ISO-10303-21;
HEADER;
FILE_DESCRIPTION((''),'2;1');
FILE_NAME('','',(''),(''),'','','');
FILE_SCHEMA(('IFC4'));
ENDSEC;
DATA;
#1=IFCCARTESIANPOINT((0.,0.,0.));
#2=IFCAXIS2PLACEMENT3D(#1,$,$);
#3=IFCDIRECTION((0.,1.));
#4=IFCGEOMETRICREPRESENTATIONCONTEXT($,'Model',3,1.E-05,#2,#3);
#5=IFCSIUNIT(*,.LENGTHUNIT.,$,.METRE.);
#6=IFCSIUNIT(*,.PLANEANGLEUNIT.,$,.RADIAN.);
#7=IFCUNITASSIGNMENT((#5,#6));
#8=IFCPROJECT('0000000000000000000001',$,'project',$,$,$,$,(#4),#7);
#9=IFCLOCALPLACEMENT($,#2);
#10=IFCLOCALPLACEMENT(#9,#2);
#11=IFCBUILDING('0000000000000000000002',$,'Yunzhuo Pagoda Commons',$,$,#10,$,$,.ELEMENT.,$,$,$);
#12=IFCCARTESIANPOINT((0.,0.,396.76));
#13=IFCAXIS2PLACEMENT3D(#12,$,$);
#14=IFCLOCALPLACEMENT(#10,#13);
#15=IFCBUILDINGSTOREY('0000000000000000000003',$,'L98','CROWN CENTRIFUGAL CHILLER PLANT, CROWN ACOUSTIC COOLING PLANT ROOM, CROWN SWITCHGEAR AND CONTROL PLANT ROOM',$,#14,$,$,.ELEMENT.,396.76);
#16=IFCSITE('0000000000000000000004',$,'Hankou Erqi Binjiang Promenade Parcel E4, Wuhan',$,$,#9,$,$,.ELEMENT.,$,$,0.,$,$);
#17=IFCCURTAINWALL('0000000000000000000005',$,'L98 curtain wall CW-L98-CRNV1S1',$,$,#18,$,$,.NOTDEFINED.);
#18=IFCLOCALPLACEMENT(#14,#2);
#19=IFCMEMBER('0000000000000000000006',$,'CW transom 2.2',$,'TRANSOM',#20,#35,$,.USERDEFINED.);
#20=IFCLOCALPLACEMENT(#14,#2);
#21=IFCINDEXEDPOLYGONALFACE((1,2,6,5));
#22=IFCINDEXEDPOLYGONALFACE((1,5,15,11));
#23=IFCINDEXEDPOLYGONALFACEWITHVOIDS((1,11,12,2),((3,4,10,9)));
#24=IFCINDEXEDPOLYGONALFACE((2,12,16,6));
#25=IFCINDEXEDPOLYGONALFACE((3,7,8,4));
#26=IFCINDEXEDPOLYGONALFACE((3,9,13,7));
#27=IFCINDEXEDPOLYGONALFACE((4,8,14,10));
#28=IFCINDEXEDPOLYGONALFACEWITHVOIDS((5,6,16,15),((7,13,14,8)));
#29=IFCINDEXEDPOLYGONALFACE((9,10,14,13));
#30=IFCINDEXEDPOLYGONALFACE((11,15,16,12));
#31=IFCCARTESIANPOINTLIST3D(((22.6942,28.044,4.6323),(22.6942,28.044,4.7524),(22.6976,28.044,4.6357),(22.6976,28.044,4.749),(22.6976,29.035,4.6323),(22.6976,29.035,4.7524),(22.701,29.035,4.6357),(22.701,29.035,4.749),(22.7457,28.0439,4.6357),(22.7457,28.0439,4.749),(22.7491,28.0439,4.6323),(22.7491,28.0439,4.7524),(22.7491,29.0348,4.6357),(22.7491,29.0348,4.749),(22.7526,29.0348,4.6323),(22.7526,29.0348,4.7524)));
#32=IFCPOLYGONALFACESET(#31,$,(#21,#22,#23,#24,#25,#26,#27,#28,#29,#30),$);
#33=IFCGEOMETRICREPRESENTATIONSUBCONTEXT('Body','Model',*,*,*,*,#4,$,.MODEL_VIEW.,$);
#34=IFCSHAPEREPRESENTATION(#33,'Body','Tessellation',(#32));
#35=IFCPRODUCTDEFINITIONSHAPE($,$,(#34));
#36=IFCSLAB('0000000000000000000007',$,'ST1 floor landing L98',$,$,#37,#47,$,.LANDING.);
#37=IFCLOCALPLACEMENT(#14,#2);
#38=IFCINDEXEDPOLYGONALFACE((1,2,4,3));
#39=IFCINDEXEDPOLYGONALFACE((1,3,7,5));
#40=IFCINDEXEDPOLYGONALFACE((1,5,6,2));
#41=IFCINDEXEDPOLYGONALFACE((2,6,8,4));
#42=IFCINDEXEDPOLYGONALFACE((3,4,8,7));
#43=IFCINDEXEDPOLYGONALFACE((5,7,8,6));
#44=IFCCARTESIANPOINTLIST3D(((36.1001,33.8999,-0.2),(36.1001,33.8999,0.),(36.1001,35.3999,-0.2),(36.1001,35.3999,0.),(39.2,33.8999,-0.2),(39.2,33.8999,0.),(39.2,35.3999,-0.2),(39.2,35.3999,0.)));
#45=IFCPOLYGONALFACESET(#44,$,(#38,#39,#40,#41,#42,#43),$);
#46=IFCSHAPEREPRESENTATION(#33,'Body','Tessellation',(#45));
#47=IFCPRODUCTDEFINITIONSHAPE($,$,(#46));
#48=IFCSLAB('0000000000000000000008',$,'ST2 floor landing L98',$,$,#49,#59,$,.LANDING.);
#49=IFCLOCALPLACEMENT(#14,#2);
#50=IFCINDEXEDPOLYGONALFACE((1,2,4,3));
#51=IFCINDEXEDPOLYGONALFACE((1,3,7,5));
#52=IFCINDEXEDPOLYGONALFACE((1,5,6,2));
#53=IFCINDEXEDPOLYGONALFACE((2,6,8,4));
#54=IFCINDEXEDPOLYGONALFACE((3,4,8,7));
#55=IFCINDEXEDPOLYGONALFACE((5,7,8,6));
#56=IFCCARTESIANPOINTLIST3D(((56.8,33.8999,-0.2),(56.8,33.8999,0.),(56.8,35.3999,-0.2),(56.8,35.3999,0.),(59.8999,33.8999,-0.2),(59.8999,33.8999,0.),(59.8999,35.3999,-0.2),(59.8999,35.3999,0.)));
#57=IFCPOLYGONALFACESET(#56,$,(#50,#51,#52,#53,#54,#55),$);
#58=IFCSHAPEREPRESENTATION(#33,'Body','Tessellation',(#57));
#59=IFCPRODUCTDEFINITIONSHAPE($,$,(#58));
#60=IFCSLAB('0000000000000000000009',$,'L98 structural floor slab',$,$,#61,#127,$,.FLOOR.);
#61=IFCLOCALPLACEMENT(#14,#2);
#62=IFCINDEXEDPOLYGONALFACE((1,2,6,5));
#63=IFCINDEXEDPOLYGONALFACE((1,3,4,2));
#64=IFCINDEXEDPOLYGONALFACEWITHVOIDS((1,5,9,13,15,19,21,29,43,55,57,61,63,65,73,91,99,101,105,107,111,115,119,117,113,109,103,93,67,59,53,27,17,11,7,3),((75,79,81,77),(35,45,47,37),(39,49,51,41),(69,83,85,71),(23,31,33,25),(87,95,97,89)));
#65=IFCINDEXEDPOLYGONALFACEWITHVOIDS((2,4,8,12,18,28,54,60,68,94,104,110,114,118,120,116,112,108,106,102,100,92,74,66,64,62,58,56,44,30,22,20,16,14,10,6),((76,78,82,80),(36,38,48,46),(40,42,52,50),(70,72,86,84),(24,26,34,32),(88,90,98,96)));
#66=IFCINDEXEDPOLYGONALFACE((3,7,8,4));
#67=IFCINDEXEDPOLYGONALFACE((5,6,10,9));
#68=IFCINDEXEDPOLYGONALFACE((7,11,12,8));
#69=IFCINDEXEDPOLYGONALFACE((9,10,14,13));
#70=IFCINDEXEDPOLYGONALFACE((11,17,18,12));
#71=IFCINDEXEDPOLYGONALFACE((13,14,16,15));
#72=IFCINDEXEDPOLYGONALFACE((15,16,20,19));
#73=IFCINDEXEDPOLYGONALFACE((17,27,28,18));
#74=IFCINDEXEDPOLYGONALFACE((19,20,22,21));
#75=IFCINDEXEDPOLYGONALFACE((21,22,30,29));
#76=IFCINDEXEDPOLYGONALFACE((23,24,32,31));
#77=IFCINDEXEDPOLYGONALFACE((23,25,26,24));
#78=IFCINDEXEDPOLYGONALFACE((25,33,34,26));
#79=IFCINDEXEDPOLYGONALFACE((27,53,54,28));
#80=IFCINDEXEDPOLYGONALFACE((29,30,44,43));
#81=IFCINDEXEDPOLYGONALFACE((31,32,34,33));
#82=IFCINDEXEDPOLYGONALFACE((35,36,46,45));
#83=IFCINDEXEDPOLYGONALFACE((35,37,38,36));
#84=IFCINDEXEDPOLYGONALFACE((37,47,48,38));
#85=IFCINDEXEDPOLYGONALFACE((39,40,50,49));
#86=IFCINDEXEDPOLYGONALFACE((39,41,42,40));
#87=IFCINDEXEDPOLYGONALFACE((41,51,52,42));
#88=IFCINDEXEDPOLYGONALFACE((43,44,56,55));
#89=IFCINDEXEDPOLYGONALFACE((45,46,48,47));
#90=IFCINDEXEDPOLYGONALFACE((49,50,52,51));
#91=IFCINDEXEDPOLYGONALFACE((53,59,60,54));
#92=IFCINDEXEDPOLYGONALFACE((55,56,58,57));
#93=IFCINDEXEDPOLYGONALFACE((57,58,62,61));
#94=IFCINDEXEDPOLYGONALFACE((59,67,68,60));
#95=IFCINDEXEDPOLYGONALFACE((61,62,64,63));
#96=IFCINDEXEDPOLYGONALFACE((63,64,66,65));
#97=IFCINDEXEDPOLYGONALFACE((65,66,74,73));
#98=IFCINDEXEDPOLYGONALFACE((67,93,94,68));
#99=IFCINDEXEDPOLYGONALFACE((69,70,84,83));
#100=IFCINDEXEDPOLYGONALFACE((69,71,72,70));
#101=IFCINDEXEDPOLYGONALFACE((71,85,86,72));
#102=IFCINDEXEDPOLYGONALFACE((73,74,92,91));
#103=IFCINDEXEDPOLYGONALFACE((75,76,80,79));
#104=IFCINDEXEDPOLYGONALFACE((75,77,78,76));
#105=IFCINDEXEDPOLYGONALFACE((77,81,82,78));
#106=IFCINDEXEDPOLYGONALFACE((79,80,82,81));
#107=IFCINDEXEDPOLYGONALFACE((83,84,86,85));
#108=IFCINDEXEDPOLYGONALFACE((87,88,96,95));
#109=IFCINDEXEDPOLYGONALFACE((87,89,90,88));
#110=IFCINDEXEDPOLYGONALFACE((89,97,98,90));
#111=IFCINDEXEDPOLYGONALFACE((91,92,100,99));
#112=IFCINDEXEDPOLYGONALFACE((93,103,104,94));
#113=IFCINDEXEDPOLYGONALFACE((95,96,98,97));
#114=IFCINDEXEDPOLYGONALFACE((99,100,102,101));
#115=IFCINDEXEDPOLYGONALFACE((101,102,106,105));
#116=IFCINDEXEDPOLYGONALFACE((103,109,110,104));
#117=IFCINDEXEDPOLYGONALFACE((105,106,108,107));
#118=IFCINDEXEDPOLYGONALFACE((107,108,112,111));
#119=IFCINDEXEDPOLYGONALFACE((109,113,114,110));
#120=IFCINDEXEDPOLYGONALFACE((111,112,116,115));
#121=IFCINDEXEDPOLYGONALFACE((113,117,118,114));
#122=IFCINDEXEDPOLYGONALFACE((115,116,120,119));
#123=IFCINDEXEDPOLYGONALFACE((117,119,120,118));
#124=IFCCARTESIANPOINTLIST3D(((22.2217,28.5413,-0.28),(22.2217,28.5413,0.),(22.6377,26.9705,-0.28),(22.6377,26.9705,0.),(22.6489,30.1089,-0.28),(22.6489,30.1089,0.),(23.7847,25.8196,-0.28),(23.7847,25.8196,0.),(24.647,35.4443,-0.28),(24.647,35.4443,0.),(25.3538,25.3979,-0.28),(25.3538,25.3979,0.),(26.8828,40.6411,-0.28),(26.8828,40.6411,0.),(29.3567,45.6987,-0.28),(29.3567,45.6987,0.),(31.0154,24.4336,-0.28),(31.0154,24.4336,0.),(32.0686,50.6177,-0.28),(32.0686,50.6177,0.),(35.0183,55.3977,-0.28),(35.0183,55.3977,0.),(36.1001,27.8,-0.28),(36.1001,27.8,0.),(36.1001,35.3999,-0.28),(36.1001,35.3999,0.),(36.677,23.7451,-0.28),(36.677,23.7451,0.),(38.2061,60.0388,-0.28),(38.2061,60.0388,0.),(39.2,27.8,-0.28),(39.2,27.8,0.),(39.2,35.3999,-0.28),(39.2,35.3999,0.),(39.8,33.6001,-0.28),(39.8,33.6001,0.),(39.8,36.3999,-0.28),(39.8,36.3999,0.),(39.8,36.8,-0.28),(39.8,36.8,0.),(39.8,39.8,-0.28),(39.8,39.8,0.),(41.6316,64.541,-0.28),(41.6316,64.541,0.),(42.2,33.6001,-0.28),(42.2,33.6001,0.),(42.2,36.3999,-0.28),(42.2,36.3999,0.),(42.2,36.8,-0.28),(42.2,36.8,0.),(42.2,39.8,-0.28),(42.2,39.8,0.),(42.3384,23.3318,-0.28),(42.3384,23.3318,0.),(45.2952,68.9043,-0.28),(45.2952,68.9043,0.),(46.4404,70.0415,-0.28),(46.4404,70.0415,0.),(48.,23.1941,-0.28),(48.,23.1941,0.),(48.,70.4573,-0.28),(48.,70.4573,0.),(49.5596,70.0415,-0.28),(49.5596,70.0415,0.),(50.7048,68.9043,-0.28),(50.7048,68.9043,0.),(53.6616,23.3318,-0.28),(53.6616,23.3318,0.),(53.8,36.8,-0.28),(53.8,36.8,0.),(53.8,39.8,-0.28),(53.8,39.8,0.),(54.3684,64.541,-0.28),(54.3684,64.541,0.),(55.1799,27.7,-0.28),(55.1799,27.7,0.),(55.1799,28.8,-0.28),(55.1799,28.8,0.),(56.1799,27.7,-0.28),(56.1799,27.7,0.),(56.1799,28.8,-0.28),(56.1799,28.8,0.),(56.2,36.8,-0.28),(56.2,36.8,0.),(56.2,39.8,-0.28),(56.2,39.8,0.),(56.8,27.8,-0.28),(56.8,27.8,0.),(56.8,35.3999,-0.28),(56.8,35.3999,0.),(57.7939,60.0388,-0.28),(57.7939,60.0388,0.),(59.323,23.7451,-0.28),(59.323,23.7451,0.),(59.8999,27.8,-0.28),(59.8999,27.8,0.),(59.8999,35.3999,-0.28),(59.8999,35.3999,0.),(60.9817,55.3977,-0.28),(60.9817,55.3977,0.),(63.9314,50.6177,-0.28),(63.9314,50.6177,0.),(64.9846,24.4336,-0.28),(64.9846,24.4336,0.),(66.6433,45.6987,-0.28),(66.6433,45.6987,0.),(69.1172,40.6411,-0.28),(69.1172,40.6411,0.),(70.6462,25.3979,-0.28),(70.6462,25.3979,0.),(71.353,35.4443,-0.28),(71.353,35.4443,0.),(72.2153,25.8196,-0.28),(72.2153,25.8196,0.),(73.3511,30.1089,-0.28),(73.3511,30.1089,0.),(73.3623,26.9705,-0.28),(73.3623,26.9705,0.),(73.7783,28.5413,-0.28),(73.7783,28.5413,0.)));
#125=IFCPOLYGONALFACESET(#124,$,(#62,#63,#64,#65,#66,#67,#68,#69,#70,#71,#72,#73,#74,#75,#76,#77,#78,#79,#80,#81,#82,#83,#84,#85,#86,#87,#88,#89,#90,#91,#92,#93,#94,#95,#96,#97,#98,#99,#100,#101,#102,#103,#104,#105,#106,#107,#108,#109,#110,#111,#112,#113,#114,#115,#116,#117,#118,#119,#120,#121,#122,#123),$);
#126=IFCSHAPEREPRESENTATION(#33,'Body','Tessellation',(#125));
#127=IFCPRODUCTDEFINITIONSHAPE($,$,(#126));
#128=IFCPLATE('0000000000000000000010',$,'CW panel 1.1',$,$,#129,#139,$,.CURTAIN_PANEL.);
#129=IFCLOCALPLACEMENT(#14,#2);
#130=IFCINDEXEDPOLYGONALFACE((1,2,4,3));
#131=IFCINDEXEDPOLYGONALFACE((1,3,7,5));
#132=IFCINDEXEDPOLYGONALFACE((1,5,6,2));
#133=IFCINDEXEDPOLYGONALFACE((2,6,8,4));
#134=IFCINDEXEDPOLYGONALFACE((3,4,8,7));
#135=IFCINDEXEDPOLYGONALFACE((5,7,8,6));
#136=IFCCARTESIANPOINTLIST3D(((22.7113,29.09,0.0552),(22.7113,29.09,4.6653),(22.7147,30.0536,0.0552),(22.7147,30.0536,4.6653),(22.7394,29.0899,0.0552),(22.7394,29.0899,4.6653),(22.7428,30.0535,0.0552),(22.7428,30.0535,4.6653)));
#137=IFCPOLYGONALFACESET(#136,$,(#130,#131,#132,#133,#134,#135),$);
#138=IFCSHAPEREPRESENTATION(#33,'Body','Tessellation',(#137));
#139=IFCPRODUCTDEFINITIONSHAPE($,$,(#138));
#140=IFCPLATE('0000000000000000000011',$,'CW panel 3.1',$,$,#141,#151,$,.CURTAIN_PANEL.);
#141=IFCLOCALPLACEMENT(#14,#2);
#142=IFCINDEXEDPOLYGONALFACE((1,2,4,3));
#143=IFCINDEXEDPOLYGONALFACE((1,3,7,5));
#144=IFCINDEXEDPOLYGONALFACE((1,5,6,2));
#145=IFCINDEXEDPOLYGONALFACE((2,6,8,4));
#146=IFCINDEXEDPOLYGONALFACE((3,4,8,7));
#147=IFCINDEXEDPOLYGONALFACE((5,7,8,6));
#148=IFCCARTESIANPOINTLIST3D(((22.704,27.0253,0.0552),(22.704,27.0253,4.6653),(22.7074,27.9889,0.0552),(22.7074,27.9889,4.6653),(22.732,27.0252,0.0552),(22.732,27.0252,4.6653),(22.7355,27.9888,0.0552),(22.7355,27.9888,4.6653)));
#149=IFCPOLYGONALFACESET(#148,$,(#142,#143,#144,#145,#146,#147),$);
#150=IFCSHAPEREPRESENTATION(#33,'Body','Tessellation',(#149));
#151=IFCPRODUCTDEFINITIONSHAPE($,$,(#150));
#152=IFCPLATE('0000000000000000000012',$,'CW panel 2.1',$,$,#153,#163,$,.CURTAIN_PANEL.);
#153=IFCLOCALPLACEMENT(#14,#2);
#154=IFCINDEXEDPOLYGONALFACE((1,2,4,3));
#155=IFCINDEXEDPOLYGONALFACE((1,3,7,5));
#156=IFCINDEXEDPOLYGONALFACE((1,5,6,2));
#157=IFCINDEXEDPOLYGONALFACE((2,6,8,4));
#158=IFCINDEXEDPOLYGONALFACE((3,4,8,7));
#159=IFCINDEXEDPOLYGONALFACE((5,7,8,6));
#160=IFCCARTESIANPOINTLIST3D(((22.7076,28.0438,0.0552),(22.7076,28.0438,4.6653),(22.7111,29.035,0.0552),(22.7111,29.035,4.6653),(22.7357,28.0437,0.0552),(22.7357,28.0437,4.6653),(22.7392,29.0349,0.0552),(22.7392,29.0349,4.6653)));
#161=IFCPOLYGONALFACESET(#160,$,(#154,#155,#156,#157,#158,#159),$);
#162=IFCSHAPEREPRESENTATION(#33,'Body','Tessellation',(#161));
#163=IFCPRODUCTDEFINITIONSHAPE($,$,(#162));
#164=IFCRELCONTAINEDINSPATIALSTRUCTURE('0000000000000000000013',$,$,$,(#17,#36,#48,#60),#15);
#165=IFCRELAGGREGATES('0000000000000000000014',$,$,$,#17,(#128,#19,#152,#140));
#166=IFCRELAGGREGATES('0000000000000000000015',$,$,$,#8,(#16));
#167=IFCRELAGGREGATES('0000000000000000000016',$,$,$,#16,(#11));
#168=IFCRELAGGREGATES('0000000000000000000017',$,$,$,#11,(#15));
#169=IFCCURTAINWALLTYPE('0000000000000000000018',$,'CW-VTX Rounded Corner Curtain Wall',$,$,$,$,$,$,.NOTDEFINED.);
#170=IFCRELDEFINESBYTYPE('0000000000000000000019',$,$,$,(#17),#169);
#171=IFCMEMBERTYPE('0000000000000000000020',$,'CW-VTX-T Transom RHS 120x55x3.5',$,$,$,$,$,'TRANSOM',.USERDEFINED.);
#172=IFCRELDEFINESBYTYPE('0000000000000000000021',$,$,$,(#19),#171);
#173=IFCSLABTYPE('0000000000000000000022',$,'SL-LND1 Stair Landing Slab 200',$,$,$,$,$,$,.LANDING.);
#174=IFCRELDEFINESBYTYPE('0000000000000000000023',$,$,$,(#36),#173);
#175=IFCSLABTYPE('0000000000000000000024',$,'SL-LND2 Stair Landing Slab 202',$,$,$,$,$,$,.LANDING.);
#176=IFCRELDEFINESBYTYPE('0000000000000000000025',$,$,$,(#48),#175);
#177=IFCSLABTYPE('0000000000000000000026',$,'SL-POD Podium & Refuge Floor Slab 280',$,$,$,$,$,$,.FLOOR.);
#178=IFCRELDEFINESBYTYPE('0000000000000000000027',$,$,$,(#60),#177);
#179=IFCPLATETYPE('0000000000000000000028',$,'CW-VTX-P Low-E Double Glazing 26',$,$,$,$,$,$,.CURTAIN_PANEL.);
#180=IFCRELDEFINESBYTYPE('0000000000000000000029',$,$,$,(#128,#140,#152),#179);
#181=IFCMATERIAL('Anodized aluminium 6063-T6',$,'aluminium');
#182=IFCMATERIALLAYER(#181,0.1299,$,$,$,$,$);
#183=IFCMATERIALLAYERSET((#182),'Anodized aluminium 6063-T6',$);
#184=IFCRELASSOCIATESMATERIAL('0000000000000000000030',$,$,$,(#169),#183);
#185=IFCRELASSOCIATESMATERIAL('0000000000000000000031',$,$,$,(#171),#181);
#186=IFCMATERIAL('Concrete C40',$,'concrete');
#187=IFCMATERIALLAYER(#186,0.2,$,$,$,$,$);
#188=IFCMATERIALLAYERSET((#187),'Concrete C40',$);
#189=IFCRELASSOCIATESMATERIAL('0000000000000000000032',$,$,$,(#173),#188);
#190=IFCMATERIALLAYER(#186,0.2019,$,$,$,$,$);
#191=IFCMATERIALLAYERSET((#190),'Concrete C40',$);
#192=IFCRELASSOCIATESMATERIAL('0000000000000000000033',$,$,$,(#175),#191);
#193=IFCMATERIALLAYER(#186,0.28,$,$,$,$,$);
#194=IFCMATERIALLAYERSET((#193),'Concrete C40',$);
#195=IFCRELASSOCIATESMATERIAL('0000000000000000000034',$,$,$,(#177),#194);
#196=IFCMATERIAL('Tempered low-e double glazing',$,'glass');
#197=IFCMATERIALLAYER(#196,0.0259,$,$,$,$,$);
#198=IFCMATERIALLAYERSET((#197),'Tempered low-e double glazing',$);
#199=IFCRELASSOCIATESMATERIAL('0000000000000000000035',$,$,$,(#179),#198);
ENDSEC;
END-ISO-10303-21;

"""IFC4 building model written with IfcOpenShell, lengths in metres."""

from ifc_helpers import new_model, si_unit, direction, frame, origin, origin_2d, place, context, subcontext, project, spatial, polyline, rectangle, hollow_rectangle, outline, extrude, source, transform, mapped, material, layer, layer_set, material_profile, profile_set, type_object, element, aggregate, save


model = new_model("IFC4")

# Units and contexts
model_context = context("Model", 3, precision=1e-05, world=origin(), true_north=direction((0.0, 1.0)))
body_context = subcontext(model_context, "Body", "Model", "MODEL_VIEW")
ifc_project = project(units=[si_unit("LENGTHUNIT", "METRE"), si_unit("PLANEANGLEUNIT", "RADIAN")], contexts=[model_context])

# Site, building, storey
site_placement = place(None, origin())
site = spatial("IfcSite", under=ifc_project, at=site_placement, Name="Hankou Erqi Binjiang Promenade Parcel E4, Wuhan", CompositionType="ELEMENT", RefElevation=0.0)
building_placement = place(site_placement, origin())
building = spatial("IfcBuilding", under=site, at=building_placement, Name="Yunzhuo Pagoda Commons", CompositionType="ELEMENT")
storey_placement = place(building_placement, frame((0.0, 0.0, 396.76)))
storey = spatial("IfcBuildingStorey", under=building, at=storey_placement, Name="L98", Description="CROWN CENTRIFUGAL CHILLER PLANT, CROWN ACOUSTIC COOLING PLANT ROOM, CROWN SWITCHGEAR AND CONTROL PLANT ROOM", CompositionType="ELEMENT", Elevation=396.76)

# Curtain wall
ifc_material_1 = material(Name="Anodized aluminium 6063-T6", Category="aluminium")
ifc_layer_1 = layer(ifc_material_1, 0.1299)
ifc_layer_set_1 = layer_set([ifc_layer_1], Name="Anodized aluminium 6063-T6")
curtain_wall_type = type_object("IfcCurtainWallType", Name="CW-VTX Rounded Corner Curtain Wall", PredefinedType="NOTDEFINED", material=ifc_layer_set_1)
curtain_wall_1_placement = place(storey_placement, origin())
curtain_wall_1 = element("IfcCurtainWall", 1, at=curtain_wall_1_placement, inside=storey, type_object=curtain_wall_type, Name="L98 curtain wall CW-L98-CRNV1S1", PredefinedType="NOTDEFINED")
ifc_material_profile_1 = material_profile(ifc_material_1, hollow_rectangle(XDim=0.0549, YDim=0.1201, WallThickness=0.0034, at=origin_2d()), Name="Anodized aluminium 6063-T6")
ifc_profile_set_1 = profile_set([ifc_material_profile_1], Name="Anodized aluminium 6063-T6")
member_type_1 = type_object("IfcMemberType", Name="CW-VTX-T Transom RHS 120x55x3.5", ElementType="TRANSOM", PredefinedType="USERDEFINED", material=ifc_profile_set_1)

# Member
shared_shape_1 = source(origin(), body_context, "Body", "SweptSolid", [
    extrude(hollow_rectangle(XDim=0.0549, YDim=0.1201, WallThickness=0.0034, at=origin_2d()), origin(), (0.0, 0.0, 1.0), 0.991),
])
member_1_placement = place(storey_placement, frame((22.7251, 29.0349, 4.6924), z_axis=(-0.003449, -0.999994, 0.0), x_axis=(0.999994, -0.003449, 0.0)))
member_1 = element("IfcMember", 2, at=member_1_placement, type_object=member_type_1, Name="CW transom 2.2", ObjectType="TRANSOM", PredefinedType="USERDEFINED", context=body_context, shape_type="MappedRepresentation", body=[
    mapped(shared_shape_1, transform((0.0, 0.0, 0.0), scale=1.0)),
])

# Slabs
ifc_material_2 = material(Name="Concrete C40", Category="concrete")
ifc_layer_2 = layer(ifc_material_2, 0.2)
ifc_layer_set_2 = layer_set([ifc_layer_2], Name="Concrete C40")
slab_type_1 = type_object("IfcSlabType", Name="SL-LND1 Stair Landing Slab 200", PredefinedType="LANDING", material=ifc_layer_set_2)
slab_1_placement = place(storey_placement, frame((0.0, 0.0, -0.2)))
element("IfcSlab", 3, at=slab_1_placement, inside=storey, type_object=slab_type_1, Name="ST1 floor landing L98", PredefinedType="LANDING", context=body_context, shape_type="SweptSolid", body=[
    extrude(outline(polyline([(36.1001, 35.3999), (36.1001, 33.8999), (39.2, 33.8999), (39.2, 35.3999), (36.1001, 35.3999)])), origin(), (0.0, 0.0, 1.0), 0.2),
])
ifc_layer_3 = layer(ifc_material_2, 0.2019)
ifc_layer_set_3 = layer_set([ifc_layer_3], Name="Concrete C40")
slab_type_2 = type_object("IfcSlabType", Name="SL-LND2 Stair Landing Slab 202", PredefinedType="LANDING", material=ifc_layer_set_3)
slab_2_placement = place(storey_placement, frame((0.0, 0.0, -0.2)))
element("IfcSlab", 4, at=slab_2_placement, inside=storey, type_object=slab_type_2, Name="ST2 floor landing L98", PredefinedType="LANDING", context=body_context, shape_type="SweptSolid", body=[
    extrude(outline(polyline([(56.8, 35.3999), (56.8, 33.8999), (59.8999, 33.8999), (59.8999, 35.3999), (56.8, 35.3999)])), origin(), (0.0, 0.0, 1.0), 0.2),
])
ifc_layer_4 = layer(ifc_material_2, 0.28)
ifc_layer_set_4 = layer_set([ifc_layer_4], Name="Concrete C40")
slab_type_3 = type_object("IfcSlabType", Name="SL-POD Podium & Refuge Floor Slab 280", PredefinedType="FLOOR", material=ifc_layer_set_4)
slab_3_placement = place(storey_placement, frame((0.0, 0.0, -0.28)))
element("IfcSlab", 5, at=slab_3_placement, inside=storey, type_object=slab_type_3, Name="L98 structural floor slab", PredefinedType="FLOOR", context=body_context, shape_type="SweptSolid", body=[
    extrude(outline(polyline([(24.647, 35.4443), (26.8828, 40.6411), (29.3567, 45.6987), (32.0686, 50.6177), (35.0183, 55.3977), (38.2061, 60.0388), (41.6316, 64.541), (45.2952, 68.9043), (46.4404, 70.0415), (48.0, 70.4573), (49.5596, 70.0415), (50.7048, 68.9043), (54.3684, 64.541), (57.7939, 60.0388), (60.9817, 55.3977), (63.9314, 50.6177), (66.6433, 45.6987), (69.1172, 40.6411), (71.353, 35.4443), (73.3511, 30.1089), (73.7783, 28.5413), (73.3623, 26.9705), (72.2153, 25.8196), (70.6462, 25.3979), (64.9846, 24.4336), (59.323, 23.7451), (53.6616, 23.3318), (48.0, 23.1941), (42.3384, 23.3318), (36.677, 23.7451), (31.0154, 24.4336), (25.3538, 25.3979), (23.7847, 25.8196), (22.6377, 26.9705), (22.2217, 28.5413), (22.6489, 30.1089), (24.647, 35.4443)]), holes=[polyline([(55.1799, 28.8), (55.1799, 27.7), (56.1799, 27.7), (56.1799, 28.8), (55.1799, 28.8)]), polyline([(39.2, 27.8), (39.2, 35.3999), (36.1001, 35.3999), (36.1001, 27.8), (39.2, 27.8)]), polyline([(59.8999, 27.8), (59.8999, 35.3999), (56.8, 35.3999), (56.8, 27.8), (59.8999, 27.8)]), polyline([(39.8, 36.3999), (39.8, 33.6001), (42.2, 33.6001), (42.2, 36.3999), (39.8, 36.3999)]), polyline([(42.2, 39.8), (39.8, 39.8), (39.8, 36.8), (42.2, 36.8), (42.2, 39.8)]), polyline([(56.2, 39.8), (53.8, 39.8), (53.8, 36.8), (56.2, 36.8), (56.2, 39.8)])]), origin(), (0.0, 0.0, 1.0), 0.28),
])

# Plates
ifc_material_3 = material(Name="Tempered low-e double glazing", Category="glass")
ifc_layer_5 = layer(ifc_material_3, 0.0259)
ifc_layer_set_5 = layer_set([ifc_layer_5], Name="Tempered low-e double glazing")
plate_type = type_object("IfcPlateType", Name="CW-VTX-P Low-E Double Glazing 26", PredefinedType="CURTAIN_PANEL", material=ifc_layer_set_5)
shared_shape_2 = source(origin(), body_context, "Body", "SweptSolid", [
    extrude(rectangle(XDim=0.9636, YDim=0.0281, at=origin_2d()), origin(), (0.0, 0.0, 1.0), 4.6101),
])
plate_1_placement = place(storey_placement, frame((22.7271, 29.5718, 0.0552), z_axis=(0.0, 0.0, 1.0), x_axis=(-0.003569, -0.999994, 0.0)))
plate_1 = element("IfcPlate", 6, at=plate_1_placement, type_object=plate_type, Name="CW panel 1.1", PredefinedType="CURTAIN_PANEL", context=body_context, shape_type="MappedRepresentation", body=[
    mapped(shared_shape_2, transform((0.0, 0.0, 0.0), scale=1.0)),
])
plate_2_placement = place(storey_placement, frame((22.7197, 27.5071, 0.0552), z_axis=(0.0, 0.0, 1.0), x_axis=(-0.003569, -0.999994, 0.0)))
plate_2 = element("IfcPlate", 7, at=plate_2_placement, type_object=plate_type, Name="CW panel 3.1", PredefinedType="CURTAIN_PANEL", context=body_context, shape_type="MappedRepresentation", body=[
    mapped(shared_shape_2, transform((0.0, 0.0, 0.0), scale=1.0)),
])
shared_shape_3 = source(origin(), body_context, "Body", "SweptSolid", [
    extrude(rectangle(XDim=0.9912, YDim=0.0281, at=origin_2d()), origin(), (0.0, 0.0, 1.0), 4.6101),
])
plate_3_placement = place(storey_placement, frame((22.7234, 28.5393, 0.0552), z_axis=(0.0, 0.0, 1.0), x_axis=(-0.003569, -0.999994, 0.0)))
plate_3 = element("IfcPlate", 8, at=plate_3_placement, type_object=plate_type, Name="CW panel 2.1", PredefinedType="CURTAIN_PANEL", context=body_context, shape_type="MappedRepresentation", body=[
    mapped(shared_shape_3, transform((0.0, 0.0, 0.0), scale=1.0)),
])
aggregate(curtain_wall_1, [plate_1, member_1, plate_3, plate_2])

save(model, "model.ifc")
